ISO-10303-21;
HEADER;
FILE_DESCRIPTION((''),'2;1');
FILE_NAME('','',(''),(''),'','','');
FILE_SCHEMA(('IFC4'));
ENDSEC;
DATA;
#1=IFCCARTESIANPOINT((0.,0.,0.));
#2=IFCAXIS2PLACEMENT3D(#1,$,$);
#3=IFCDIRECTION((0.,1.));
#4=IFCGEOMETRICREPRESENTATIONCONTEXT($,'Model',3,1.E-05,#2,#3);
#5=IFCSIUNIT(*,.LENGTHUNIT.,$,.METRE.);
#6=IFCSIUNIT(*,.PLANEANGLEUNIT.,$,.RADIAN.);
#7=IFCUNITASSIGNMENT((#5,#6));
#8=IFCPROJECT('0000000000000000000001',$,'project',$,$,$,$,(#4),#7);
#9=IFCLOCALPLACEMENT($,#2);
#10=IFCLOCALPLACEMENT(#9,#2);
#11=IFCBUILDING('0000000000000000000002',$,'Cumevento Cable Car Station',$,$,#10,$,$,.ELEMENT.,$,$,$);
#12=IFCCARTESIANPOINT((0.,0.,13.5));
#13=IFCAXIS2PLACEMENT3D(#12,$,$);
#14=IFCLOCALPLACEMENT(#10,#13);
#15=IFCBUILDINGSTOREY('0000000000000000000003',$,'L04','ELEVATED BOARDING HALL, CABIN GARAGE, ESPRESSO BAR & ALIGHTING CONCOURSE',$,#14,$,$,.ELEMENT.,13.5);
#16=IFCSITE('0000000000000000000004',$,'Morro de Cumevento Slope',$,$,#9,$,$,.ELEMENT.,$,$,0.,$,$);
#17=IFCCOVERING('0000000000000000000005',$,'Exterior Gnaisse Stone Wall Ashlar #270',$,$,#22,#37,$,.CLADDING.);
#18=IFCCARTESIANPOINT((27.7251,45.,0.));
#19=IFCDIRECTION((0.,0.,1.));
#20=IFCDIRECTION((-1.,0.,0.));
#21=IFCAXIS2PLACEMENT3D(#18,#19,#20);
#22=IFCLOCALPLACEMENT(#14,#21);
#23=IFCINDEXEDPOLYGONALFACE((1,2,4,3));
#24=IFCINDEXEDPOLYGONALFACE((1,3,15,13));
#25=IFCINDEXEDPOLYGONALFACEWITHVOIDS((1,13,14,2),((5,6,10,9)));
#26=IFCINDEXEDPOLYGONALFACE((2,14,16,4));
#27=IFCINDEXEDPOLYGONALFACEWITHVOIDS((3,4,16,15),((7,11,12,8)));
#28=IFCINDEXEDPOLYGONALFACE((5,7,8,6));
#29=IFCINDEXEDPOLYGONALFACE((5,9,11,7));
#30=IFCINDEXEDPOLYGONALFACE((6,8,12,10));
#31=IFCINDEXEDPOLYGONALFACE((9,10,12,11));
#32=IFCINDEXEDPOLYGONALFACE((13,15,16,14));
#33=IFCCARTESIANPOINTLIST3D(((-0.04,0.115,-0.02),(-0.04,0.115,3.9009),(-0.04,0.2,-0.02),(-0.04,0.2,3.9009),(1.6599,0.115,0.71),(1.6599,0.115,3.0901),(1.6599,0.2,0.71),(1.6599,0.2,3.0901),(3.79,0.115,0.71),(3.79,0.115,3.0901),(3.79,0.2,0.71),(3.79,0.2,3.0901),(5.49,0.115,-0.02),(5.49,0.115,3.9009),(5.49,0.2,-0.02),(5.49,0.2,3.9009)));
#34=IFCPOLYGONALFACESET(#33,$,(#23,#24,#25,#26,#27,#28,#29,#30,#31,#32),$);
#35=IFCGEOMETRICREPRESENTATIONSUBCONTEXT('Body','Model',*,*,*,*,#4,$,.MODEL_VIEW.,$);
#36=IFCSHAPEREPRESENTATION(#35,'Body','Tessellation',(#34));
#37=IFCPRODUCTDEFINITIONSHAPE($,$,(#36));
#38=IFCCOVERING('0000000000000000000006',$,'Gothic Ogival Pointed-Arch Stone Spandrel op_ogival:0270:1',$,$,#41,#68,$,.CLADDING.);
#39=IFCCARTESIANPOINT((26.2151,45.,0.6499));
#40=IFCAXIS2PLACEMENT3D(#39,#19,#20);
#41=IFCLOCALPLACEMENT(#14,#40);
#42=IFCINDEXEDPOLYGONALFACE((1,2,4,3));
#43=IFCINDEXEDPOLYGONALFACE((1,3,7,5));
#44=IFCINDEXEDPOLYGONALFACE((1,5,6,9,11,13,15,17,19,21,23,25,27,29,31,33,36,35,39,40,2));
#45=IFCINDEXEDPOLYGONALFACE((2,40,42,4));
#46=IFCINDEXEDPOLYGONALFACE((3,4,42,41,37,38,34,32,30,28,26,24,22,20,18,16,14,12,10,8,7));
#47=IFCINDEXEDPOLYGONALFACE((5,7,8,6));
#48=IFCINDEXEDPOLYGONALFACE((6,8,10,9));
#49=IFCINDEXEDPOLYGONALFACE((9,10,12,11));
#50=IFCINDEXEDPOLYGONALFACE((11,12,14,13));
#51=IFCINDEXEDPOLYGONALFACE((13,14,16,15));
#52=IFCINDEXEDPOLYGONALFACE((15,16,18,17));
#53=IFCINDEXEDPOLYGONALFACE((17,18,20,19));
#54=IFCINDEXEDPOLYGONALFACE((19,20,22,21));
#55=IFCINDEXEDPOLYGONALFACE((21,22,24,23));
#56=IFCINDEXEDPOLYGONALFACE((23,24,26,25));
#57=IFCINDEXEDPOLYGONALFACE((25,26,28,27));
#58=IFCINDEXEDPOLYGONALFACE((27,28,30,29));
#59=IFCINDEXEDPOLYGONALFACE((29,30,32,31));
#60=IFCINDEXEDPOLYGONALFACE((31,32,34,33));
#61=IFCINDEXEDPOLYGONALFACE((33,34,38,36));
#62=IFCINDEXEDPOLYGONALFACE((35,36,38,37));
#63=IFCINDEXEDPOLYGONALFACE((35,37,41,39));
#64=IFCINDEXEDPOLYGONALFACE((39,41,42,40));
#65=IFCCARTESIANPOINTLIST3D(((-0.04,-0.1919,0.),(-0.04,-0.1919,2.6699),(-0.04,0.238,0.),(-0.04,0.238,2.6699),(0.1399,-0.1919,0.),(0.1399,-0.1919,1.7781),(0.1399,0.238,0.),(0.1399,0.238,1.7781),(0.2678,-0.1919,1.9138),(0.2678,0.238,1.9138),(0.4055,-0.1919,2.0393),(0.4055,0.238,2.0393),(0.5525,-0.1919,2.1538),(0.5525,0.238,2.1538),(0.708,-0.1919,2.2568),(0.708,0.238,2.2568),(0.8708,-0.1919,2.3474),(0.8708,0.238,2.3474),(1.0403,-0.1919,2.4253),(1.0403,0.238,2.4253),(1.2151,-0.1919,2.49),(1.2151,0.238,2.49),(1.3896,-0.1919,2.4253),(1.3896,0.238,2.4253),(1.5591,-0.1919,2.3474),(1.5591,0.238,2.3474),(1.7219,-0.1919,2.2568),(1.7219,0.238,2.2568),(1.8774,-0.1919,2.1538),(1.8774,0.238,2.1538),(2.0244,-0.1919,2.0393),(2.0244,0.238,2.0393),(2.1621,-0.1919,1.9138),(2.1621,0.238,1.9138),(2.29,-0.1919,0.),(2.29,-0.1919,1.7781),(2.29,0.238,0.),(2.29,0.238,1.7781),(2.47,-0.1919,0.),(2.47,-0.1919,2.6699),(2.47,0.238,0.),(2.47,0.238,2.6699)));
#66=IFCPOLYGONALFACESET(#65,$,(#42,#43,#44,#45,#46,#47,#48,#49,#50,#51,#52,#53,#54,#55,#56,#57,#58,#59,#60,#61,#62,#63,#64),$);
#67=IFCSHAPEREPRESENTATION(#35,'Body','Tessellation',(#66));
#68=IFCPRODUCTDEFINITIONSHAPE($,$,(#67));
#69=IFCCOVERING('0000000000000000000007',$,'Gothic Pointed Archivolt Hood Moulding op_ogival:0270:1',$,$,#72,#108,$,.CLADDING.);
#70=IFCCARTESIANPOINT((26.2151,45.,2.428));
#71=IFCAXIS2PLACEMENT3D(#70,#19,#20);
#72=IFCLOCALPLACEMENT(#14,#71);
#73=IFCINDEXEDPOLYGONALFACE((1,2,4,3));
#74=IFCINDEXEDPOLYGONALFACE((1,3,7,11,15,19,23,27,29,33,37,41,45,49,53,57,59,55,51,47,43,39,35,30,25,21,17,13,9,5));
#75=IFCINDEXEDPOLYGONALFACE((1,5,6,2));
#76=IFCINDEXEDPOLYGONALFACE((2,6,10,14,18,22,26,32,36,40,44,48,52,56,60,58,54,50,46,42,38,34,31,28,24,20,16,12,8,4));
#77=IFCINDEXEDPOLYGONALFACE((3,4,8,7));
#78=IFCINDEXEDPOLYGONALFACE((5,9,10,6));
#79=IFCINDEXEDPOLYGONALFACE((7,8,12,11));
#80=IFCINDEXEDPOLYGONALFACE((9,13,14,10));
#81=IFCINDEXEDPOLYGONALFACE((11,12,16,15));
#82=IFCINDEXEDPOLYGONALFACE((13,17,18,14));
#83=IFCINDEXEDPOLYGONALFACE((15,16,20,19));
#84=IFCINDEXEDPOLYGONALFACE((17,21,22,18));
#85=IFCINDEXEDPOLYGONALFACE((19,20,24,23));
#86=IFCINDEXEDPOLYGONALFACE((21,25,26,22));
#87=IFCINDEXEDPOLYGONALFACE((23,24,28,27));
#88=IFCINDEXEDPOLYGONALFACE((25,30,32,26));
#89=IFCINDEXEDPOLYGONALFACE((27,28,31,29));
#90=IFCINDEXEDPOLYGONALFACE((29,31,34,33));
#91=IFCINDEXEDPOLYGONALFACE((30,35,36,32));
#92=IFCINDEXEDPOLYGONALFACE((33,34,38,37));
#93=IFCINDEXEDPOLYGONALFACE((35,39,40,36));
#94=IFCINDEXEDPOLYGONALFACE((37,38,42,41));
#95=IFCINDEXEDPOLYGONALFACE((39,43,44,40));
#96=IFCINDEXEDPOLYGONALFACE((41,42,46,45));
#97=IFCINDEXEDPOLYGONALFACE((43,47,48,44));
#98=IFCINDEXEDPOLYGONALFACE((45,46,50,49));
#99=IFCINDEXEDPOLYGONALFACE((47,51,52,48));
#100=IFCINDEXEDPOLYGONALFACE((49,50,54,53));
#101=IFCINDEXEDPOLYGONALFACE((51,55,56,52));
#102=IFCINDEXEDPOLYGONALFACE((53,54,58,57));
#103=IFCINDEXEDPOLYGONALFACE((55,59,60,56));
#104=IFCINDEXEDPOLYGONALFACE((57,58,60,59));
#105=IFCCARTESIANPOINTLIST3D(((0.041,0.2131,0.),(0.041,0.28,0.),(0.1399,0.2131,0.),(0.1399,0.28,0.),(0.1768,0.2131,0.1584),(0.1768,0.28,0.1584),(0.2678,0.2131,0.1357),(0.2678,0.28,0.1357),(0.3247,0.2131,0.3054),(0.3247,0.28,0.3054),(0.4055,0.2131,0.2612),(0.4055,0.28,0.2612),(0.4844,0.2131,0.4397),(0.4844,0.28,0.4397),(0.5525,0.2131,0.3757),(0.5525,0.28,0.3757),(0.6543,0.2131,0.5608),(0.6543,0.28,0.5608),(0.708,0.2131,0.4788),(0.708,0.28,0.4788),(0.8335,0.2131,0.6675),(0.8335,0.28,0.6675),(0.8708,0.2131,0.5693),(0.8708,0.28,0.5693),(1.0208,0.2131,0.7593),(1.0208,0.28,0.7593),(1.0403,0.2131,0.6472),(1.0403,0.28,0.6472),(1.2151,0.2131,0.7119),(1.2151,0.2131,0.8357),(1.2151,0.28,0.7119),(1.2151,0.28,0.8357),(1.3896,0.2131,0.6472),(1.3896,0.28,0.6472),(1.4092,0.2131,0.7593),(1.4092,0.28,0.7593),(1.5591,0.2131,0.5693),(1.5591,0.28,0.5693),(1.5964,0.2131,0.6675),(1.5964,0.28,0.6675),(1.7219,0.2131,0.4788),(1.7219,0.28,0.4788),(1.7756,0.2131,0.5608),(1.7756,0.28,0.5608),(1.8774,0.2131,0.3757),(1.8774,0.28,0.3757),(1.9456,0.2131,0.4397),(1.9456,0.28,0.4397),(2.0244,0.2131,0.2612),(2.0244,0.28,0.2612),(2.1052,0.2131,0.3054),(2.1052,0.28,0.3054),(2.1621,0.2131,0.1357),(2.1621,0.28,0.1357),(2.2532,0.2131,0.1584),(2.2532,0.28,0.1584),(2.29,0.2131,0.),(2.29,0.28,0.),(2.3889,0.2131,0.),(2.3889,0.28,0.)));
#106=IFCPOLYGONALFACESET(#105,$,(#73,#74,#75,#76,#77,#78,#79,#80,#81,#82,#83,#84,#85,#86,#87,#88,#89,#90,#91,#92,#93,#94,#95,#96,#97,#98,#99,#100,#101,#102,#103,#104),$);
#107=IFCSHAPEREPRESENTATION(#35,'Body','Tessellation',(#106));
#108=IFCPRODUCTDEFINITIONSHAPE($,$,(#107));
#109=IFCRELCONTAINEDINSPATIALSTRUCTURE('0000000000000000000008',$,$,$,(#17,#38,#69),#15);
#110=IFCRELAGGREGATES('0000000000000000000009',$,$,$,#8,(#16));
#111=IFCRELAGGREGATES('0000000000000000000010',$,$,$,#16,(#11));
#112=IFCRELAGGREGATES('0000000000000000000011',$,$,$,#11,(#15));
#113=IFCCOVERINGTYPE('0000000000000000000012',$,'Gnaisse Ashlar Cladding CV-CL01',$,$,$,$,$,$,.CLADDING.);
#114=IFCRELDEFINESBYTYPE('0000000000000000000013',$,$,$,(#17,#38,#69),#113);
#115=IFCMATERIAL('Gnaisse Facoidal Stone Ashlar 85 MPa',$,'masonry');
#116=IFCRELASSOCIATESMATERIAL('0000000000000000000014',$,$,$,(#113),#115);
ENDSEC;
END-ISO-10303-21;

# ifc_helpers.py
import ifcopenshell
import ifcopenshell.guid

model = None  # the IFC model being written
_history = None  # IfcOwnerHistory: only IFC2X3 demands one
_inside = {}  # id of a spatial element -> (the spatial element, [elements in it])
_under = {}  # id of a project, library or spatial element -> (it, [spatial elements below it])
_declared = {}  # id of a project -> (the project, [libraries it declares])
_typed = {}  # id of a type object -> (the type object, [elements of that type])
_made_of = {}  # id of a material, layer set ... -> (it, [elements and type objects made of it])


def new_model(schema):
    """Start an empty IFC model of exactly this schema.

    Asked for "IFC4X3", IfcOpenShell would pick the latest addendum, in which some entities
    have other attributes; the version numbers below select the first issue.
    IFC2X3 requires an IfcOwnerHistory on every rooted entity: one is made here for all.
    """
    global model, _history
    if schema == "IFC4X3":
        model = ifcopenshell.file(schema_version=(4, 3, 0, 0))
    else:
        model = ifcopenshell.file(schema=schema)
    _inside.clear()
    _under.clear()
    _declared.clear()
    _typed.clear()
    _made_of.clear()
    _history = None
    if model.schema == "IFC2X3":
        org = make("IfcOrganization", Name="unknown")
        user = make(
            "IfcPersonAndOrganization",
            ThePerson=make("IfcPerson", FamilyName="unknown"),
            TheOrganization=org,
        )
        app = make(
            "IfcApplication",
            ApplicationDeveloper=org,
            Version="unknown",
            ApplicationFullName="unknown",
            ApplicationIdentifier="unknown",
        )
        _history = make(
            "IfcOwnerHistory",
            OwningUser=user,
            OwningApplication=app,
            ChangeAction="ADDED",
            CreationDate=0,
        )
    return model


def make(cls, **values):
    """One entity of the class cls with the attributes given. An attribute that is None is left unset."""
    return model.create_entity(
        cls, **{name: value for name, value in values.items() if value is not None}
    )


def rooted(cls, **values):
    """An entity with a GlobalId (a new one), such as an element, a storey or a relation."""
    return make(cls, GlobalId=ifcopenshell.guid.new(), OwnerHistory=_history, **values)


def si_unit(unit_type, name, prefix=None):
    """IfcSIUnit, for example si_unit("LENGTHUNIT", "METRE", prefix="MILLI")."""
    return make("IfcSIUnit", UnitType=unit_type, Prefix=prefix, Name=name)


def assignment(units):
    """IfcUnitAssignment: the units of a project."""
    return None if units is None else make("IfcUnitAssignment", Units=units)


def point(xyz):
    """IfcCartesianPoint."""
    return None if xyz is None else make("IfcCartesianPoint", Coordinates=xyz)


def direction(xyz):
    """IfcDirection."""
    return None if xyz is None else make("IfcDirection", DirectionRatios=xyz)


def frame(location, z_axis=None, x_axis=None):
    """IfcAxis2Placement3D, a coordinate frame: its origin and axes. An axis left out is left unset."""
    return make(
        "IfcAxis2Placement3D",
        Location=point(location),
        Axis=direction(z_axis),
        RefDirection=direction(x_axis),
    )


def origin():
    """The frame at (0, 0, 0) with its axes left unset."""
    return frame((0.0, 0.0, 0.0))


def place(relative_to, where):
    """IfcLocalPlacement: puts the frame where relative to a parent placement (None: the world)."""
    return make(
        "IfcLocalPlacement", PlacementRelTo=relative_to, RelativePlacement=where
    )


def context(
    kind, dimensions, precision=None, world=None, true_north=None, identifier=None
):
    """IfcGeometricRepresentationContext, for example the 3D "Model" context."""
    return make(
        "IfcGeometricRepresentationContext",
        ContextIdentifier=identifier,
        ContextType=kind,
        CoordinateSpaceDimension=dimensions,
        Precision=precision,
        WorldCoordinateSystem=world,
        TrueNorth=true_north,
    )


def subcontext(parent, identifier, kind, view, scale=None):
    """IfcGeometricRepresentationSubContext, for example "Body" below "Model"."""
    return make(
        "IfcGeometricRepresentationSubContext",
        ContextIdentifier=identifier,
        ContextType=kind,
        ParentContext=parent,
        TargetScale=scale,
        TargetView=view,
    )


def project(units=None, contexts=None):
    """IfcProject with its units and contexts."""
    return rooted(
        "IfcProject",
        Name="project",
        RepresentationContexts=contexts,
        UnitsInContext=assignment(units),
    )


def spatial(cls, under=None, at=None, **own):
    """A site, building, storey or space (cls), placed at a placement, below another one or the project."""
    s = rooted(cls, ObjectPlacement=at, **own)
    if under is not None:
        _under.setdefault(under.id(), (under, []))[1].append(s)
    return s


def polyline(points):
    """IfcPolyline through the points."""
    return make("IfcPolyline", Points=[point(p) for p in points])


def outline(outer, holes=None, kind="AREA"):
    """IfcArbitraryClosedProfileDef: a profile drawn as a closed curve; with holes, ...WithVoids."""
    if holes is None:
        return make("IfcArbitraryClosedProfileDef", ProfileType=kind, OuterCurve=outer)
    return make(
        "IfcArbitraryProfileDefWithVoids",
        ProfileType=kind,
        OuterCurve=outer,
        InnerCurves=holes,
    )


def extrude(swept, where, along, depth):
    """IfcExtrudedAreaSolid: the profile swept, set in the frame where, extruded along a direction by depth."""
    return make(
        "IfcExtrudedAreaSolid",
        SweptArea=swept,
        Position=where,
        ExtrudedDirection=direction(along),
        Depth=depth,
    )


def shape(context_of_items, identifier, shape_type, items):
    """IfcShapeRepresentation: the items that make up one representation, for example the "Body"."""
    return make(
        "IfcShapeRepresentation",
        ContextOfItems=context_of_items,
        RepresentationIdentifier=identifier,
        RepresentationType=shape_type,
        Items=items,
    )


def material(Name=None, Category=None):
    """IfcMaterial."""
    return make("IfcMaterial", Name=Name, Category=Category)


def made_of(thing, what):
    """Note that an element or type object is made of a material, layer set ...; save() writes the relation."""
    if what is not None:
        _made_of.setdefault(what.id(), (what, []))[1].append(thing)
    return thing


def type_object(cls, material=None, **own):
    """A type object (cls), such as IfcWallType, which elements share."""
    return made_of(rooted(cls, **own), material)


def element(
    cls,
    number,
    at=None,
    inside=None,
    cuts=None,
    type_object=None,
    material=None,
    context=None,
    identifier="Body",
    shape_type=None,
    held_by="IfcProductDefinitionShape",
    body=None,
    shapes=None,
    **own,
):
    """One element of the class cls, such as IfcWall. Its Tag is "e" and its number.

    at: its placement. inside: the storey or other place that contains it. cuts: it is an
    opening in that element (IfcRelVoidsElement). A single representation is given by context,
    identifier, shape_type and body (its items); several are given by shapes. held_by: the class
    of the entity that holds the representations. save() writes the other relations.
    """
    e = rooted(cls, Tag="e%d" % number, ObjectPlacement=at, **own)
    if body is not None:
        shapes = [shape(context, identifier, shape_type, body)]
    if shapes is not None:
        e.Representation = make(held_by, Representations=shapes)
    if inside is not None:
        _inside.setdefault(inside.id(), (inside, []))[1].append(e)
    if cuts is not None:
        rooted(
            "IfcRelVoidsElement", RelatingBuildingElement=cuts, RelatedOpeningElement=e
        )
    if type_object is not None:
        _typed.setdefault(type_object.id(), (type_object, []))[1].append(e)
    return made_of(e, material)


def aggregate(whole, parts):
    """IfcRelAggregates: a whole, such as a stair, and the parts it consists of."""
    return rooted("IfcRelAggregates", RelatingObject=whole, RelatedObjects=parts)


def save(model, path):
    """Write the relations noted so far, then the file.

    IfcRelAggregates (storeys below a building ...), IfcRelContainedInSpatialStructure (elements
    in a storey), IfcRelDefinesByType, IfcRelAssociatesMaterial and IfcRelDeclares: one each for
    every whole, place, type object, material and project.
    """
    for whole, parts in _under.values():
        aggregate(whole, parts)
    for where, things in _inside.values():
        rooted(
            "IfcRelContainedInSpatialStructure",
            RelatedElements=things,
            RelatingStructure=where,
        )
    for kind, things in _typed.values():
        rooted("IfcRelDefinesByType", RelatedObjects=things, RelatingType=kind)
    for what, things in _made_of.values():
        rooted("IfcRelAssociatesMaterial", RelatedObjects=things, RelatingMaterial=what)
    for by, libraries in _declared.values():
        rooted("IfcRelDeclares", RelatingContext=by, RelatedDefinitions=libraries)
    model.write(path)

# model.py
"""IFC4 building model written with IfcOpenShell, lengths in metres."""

from ifc_helpers import new_model, si_unit, direction, frame, origin, place, context, subcontext, project, spatial, polyline, outline, extrude, material, type_object, element, save


model = new_model("IFC4")

# Units and contexts
model_context = context("Model", 3, precision=1e-05, world=origin(), true_north=direction((0.0, 1.0)))
body_context = subcontext(model_context, "Body", "Model", "MODEL_VIEW")
ifc_project = project(units=[si_unit("LENGTHUNIT", "METRE"), si_unit("PLANEANGLEUNIT", "RADIAN")], contexts=[model_context])

# Site, building, storey
site_placement = place(None, origin())
site = spatial("IfcSite", under=ifc_project, at=site_placement, Name="Morro de Cumevento Slope", CompositionType="ELEMENT", RefElevation=0.0)
building_placement = place(site_placement, origin())
building = spatial("IfcBuilding", under=site, at=building_placement, Name="Cumevento Cable Car Station", CompositionType="ELEMENT")
storey_placement = place(building_placement, frame((0.0, 0.0, 13.5)))
storey = spatial("IfcBuildingStorey", under=building, at=storey_placement, Name="L04", Description="ELEVATED BOARDING HALL, CABIN GARAGE, ESPRESSO BAR & ALIGHTING CONCOURSE", CompositionType="ELEMENT", Elevation=13.5)

# Coverings
ifc_material_1 = material(Name="Gnaisse Facoidal Stone Ashlar 85 MPa", Category="masonry")
covering_type = type_object("IfcCoveringType", Name="Gnaisse Ashlar Cladding CV-CL01", PredefinedType="CLADDING", material=ifc_material_1)
covering_1_placement = place(storey_placement, frame((27.7251, 45.0, 0.0), z_axis=(0.0, 0.0, 1.0), x_axis=(-1.0, 0.0, 0.0)))
element("IfcCovering", 1, at=covering_1_placement, inside=storey, type_object=covering_type, Name="Exterior Gnaisse Stone Wall Ashlar #270", PredefinedType="CLADDING", context=body_context, shape_type="SweptSolid", body=[
    extrude(outline(polyline([(-0.04, -0.02), (5.49, -0.02), (5.49, 3.9009), (-0.04, 3.9009), (-0.04, -0.02)]), holes=[polyline([(1.6599, 0.71), (3.79, 0.71), (3.79, 3.0901), (1.6599, 3.0901), (1.6599, 0.71)])]), frame((0.0, 0.2, 0.0), z_axis=(0.0, -1.0, 0.0), x_axis=(1.0, 0.0, 0.0)), (0.0, 0.0, 1.0), 0.085),
])
covering_2_placement = place(storey_placement, frame((26.2151, 45.0, 0.6499), z_axis=(0.0, 0.0, 1.0), x_axis=(-1.0, 0.0, 0.0)))
element("IfcCovering", 2, at=covering_2_placement, inside=storey, type_object=covering_type, Name="Gothic Ogival Pointed-Arch Stone Spandrel op_ogival:0270:1", PredefinedType="CLADDING", context=body_context, shape_type="SweptSolid", body=[
    extrude(outline(polyline([(-0.04, 0.0), (-0.04, 2.6699), (2.47, 2.6699), (2.47, 0.0), (2.29, 0.0), (2.29, 1.7781), (2.1621, 1.9138), (2.0244, 2.0393), (1.8774, 2.1538), (1.7219, 2.2568), (1.5591, 2.3474), (1.3896, 2.4253), (1.2151, 2.49), (1.0403, 2.4253), (0.8708, 2.3474), (0.708, 2.2568), (0.5525, 2.1538), (0.4055, 2.0393), (0.2678, 1.9138), (0.1399, 1.7781), (0.1399, 0.0), (-0.04, 0.0)])), frame((0.0, 0.238, 0.0), z_axis=(0.0, -1.0, 0.0), x_axis=(1.0, 0.0, 0.0)), (0.0, 0.0, 1.0), 0.4299),
])
covering_3_placement = place(storey_placement, frame((26.2151, 45.0, 2.428), z_axis=(0.0, 0.0, 1.0), x_axis=(-1.0, 0.0, 0.0)))
element("IfcCovering", 3, at=covering_3_placement, inside=storey, type_object=covering_type, Name="Gothic Pointed Archivolt Hood Moulding op_ogival:0270:1", PredefinedType="CLADDING", context=body_context, shape_type="SweptSolid", body=[
    extrude(outline(polyline([(0.1399, 0.0), (0.2678, 0.1357), (0.4055, 0.2612), (0.5525, 0.3757), (0.708, 0.4788), (0.8708, 0.5693), (1.0403, 0.6472), (1.2151, 0.7119), (1.3896, 0.6472), (1.5591, 0.5693), (1.7219, 0.4788), (1.8774, 0.3757), (2.0244, 0.2612), (2.1621, 0.1357), (2.29, 0.0), (2.3889, 0.0), (2.2532, 0.1584), (2.1052, 0.3054), (1.9456, 0.4397), (1.7756, 0.5608), (1.5964, 0.6675), (1.4092, 0.7593), (1.2151, 0.8357), (1.0208, 0.7593), (0.8335, 0.6675), (0.6543, 0.5608), (0.4844, 0.4397), (0.3247, 0.3054), (0.1768, 0.1584), (0.041, 0.0), (0.1399, 0.0)])), frame((0.0, 0.28, 0.0), z_axis=(0.0, -1.0, 0.0), x_axis=(1.0, 0.0, 0.0)), (0.0, 0.0, 1.0), 0.0669),
])

save(model, "model.ifc")
